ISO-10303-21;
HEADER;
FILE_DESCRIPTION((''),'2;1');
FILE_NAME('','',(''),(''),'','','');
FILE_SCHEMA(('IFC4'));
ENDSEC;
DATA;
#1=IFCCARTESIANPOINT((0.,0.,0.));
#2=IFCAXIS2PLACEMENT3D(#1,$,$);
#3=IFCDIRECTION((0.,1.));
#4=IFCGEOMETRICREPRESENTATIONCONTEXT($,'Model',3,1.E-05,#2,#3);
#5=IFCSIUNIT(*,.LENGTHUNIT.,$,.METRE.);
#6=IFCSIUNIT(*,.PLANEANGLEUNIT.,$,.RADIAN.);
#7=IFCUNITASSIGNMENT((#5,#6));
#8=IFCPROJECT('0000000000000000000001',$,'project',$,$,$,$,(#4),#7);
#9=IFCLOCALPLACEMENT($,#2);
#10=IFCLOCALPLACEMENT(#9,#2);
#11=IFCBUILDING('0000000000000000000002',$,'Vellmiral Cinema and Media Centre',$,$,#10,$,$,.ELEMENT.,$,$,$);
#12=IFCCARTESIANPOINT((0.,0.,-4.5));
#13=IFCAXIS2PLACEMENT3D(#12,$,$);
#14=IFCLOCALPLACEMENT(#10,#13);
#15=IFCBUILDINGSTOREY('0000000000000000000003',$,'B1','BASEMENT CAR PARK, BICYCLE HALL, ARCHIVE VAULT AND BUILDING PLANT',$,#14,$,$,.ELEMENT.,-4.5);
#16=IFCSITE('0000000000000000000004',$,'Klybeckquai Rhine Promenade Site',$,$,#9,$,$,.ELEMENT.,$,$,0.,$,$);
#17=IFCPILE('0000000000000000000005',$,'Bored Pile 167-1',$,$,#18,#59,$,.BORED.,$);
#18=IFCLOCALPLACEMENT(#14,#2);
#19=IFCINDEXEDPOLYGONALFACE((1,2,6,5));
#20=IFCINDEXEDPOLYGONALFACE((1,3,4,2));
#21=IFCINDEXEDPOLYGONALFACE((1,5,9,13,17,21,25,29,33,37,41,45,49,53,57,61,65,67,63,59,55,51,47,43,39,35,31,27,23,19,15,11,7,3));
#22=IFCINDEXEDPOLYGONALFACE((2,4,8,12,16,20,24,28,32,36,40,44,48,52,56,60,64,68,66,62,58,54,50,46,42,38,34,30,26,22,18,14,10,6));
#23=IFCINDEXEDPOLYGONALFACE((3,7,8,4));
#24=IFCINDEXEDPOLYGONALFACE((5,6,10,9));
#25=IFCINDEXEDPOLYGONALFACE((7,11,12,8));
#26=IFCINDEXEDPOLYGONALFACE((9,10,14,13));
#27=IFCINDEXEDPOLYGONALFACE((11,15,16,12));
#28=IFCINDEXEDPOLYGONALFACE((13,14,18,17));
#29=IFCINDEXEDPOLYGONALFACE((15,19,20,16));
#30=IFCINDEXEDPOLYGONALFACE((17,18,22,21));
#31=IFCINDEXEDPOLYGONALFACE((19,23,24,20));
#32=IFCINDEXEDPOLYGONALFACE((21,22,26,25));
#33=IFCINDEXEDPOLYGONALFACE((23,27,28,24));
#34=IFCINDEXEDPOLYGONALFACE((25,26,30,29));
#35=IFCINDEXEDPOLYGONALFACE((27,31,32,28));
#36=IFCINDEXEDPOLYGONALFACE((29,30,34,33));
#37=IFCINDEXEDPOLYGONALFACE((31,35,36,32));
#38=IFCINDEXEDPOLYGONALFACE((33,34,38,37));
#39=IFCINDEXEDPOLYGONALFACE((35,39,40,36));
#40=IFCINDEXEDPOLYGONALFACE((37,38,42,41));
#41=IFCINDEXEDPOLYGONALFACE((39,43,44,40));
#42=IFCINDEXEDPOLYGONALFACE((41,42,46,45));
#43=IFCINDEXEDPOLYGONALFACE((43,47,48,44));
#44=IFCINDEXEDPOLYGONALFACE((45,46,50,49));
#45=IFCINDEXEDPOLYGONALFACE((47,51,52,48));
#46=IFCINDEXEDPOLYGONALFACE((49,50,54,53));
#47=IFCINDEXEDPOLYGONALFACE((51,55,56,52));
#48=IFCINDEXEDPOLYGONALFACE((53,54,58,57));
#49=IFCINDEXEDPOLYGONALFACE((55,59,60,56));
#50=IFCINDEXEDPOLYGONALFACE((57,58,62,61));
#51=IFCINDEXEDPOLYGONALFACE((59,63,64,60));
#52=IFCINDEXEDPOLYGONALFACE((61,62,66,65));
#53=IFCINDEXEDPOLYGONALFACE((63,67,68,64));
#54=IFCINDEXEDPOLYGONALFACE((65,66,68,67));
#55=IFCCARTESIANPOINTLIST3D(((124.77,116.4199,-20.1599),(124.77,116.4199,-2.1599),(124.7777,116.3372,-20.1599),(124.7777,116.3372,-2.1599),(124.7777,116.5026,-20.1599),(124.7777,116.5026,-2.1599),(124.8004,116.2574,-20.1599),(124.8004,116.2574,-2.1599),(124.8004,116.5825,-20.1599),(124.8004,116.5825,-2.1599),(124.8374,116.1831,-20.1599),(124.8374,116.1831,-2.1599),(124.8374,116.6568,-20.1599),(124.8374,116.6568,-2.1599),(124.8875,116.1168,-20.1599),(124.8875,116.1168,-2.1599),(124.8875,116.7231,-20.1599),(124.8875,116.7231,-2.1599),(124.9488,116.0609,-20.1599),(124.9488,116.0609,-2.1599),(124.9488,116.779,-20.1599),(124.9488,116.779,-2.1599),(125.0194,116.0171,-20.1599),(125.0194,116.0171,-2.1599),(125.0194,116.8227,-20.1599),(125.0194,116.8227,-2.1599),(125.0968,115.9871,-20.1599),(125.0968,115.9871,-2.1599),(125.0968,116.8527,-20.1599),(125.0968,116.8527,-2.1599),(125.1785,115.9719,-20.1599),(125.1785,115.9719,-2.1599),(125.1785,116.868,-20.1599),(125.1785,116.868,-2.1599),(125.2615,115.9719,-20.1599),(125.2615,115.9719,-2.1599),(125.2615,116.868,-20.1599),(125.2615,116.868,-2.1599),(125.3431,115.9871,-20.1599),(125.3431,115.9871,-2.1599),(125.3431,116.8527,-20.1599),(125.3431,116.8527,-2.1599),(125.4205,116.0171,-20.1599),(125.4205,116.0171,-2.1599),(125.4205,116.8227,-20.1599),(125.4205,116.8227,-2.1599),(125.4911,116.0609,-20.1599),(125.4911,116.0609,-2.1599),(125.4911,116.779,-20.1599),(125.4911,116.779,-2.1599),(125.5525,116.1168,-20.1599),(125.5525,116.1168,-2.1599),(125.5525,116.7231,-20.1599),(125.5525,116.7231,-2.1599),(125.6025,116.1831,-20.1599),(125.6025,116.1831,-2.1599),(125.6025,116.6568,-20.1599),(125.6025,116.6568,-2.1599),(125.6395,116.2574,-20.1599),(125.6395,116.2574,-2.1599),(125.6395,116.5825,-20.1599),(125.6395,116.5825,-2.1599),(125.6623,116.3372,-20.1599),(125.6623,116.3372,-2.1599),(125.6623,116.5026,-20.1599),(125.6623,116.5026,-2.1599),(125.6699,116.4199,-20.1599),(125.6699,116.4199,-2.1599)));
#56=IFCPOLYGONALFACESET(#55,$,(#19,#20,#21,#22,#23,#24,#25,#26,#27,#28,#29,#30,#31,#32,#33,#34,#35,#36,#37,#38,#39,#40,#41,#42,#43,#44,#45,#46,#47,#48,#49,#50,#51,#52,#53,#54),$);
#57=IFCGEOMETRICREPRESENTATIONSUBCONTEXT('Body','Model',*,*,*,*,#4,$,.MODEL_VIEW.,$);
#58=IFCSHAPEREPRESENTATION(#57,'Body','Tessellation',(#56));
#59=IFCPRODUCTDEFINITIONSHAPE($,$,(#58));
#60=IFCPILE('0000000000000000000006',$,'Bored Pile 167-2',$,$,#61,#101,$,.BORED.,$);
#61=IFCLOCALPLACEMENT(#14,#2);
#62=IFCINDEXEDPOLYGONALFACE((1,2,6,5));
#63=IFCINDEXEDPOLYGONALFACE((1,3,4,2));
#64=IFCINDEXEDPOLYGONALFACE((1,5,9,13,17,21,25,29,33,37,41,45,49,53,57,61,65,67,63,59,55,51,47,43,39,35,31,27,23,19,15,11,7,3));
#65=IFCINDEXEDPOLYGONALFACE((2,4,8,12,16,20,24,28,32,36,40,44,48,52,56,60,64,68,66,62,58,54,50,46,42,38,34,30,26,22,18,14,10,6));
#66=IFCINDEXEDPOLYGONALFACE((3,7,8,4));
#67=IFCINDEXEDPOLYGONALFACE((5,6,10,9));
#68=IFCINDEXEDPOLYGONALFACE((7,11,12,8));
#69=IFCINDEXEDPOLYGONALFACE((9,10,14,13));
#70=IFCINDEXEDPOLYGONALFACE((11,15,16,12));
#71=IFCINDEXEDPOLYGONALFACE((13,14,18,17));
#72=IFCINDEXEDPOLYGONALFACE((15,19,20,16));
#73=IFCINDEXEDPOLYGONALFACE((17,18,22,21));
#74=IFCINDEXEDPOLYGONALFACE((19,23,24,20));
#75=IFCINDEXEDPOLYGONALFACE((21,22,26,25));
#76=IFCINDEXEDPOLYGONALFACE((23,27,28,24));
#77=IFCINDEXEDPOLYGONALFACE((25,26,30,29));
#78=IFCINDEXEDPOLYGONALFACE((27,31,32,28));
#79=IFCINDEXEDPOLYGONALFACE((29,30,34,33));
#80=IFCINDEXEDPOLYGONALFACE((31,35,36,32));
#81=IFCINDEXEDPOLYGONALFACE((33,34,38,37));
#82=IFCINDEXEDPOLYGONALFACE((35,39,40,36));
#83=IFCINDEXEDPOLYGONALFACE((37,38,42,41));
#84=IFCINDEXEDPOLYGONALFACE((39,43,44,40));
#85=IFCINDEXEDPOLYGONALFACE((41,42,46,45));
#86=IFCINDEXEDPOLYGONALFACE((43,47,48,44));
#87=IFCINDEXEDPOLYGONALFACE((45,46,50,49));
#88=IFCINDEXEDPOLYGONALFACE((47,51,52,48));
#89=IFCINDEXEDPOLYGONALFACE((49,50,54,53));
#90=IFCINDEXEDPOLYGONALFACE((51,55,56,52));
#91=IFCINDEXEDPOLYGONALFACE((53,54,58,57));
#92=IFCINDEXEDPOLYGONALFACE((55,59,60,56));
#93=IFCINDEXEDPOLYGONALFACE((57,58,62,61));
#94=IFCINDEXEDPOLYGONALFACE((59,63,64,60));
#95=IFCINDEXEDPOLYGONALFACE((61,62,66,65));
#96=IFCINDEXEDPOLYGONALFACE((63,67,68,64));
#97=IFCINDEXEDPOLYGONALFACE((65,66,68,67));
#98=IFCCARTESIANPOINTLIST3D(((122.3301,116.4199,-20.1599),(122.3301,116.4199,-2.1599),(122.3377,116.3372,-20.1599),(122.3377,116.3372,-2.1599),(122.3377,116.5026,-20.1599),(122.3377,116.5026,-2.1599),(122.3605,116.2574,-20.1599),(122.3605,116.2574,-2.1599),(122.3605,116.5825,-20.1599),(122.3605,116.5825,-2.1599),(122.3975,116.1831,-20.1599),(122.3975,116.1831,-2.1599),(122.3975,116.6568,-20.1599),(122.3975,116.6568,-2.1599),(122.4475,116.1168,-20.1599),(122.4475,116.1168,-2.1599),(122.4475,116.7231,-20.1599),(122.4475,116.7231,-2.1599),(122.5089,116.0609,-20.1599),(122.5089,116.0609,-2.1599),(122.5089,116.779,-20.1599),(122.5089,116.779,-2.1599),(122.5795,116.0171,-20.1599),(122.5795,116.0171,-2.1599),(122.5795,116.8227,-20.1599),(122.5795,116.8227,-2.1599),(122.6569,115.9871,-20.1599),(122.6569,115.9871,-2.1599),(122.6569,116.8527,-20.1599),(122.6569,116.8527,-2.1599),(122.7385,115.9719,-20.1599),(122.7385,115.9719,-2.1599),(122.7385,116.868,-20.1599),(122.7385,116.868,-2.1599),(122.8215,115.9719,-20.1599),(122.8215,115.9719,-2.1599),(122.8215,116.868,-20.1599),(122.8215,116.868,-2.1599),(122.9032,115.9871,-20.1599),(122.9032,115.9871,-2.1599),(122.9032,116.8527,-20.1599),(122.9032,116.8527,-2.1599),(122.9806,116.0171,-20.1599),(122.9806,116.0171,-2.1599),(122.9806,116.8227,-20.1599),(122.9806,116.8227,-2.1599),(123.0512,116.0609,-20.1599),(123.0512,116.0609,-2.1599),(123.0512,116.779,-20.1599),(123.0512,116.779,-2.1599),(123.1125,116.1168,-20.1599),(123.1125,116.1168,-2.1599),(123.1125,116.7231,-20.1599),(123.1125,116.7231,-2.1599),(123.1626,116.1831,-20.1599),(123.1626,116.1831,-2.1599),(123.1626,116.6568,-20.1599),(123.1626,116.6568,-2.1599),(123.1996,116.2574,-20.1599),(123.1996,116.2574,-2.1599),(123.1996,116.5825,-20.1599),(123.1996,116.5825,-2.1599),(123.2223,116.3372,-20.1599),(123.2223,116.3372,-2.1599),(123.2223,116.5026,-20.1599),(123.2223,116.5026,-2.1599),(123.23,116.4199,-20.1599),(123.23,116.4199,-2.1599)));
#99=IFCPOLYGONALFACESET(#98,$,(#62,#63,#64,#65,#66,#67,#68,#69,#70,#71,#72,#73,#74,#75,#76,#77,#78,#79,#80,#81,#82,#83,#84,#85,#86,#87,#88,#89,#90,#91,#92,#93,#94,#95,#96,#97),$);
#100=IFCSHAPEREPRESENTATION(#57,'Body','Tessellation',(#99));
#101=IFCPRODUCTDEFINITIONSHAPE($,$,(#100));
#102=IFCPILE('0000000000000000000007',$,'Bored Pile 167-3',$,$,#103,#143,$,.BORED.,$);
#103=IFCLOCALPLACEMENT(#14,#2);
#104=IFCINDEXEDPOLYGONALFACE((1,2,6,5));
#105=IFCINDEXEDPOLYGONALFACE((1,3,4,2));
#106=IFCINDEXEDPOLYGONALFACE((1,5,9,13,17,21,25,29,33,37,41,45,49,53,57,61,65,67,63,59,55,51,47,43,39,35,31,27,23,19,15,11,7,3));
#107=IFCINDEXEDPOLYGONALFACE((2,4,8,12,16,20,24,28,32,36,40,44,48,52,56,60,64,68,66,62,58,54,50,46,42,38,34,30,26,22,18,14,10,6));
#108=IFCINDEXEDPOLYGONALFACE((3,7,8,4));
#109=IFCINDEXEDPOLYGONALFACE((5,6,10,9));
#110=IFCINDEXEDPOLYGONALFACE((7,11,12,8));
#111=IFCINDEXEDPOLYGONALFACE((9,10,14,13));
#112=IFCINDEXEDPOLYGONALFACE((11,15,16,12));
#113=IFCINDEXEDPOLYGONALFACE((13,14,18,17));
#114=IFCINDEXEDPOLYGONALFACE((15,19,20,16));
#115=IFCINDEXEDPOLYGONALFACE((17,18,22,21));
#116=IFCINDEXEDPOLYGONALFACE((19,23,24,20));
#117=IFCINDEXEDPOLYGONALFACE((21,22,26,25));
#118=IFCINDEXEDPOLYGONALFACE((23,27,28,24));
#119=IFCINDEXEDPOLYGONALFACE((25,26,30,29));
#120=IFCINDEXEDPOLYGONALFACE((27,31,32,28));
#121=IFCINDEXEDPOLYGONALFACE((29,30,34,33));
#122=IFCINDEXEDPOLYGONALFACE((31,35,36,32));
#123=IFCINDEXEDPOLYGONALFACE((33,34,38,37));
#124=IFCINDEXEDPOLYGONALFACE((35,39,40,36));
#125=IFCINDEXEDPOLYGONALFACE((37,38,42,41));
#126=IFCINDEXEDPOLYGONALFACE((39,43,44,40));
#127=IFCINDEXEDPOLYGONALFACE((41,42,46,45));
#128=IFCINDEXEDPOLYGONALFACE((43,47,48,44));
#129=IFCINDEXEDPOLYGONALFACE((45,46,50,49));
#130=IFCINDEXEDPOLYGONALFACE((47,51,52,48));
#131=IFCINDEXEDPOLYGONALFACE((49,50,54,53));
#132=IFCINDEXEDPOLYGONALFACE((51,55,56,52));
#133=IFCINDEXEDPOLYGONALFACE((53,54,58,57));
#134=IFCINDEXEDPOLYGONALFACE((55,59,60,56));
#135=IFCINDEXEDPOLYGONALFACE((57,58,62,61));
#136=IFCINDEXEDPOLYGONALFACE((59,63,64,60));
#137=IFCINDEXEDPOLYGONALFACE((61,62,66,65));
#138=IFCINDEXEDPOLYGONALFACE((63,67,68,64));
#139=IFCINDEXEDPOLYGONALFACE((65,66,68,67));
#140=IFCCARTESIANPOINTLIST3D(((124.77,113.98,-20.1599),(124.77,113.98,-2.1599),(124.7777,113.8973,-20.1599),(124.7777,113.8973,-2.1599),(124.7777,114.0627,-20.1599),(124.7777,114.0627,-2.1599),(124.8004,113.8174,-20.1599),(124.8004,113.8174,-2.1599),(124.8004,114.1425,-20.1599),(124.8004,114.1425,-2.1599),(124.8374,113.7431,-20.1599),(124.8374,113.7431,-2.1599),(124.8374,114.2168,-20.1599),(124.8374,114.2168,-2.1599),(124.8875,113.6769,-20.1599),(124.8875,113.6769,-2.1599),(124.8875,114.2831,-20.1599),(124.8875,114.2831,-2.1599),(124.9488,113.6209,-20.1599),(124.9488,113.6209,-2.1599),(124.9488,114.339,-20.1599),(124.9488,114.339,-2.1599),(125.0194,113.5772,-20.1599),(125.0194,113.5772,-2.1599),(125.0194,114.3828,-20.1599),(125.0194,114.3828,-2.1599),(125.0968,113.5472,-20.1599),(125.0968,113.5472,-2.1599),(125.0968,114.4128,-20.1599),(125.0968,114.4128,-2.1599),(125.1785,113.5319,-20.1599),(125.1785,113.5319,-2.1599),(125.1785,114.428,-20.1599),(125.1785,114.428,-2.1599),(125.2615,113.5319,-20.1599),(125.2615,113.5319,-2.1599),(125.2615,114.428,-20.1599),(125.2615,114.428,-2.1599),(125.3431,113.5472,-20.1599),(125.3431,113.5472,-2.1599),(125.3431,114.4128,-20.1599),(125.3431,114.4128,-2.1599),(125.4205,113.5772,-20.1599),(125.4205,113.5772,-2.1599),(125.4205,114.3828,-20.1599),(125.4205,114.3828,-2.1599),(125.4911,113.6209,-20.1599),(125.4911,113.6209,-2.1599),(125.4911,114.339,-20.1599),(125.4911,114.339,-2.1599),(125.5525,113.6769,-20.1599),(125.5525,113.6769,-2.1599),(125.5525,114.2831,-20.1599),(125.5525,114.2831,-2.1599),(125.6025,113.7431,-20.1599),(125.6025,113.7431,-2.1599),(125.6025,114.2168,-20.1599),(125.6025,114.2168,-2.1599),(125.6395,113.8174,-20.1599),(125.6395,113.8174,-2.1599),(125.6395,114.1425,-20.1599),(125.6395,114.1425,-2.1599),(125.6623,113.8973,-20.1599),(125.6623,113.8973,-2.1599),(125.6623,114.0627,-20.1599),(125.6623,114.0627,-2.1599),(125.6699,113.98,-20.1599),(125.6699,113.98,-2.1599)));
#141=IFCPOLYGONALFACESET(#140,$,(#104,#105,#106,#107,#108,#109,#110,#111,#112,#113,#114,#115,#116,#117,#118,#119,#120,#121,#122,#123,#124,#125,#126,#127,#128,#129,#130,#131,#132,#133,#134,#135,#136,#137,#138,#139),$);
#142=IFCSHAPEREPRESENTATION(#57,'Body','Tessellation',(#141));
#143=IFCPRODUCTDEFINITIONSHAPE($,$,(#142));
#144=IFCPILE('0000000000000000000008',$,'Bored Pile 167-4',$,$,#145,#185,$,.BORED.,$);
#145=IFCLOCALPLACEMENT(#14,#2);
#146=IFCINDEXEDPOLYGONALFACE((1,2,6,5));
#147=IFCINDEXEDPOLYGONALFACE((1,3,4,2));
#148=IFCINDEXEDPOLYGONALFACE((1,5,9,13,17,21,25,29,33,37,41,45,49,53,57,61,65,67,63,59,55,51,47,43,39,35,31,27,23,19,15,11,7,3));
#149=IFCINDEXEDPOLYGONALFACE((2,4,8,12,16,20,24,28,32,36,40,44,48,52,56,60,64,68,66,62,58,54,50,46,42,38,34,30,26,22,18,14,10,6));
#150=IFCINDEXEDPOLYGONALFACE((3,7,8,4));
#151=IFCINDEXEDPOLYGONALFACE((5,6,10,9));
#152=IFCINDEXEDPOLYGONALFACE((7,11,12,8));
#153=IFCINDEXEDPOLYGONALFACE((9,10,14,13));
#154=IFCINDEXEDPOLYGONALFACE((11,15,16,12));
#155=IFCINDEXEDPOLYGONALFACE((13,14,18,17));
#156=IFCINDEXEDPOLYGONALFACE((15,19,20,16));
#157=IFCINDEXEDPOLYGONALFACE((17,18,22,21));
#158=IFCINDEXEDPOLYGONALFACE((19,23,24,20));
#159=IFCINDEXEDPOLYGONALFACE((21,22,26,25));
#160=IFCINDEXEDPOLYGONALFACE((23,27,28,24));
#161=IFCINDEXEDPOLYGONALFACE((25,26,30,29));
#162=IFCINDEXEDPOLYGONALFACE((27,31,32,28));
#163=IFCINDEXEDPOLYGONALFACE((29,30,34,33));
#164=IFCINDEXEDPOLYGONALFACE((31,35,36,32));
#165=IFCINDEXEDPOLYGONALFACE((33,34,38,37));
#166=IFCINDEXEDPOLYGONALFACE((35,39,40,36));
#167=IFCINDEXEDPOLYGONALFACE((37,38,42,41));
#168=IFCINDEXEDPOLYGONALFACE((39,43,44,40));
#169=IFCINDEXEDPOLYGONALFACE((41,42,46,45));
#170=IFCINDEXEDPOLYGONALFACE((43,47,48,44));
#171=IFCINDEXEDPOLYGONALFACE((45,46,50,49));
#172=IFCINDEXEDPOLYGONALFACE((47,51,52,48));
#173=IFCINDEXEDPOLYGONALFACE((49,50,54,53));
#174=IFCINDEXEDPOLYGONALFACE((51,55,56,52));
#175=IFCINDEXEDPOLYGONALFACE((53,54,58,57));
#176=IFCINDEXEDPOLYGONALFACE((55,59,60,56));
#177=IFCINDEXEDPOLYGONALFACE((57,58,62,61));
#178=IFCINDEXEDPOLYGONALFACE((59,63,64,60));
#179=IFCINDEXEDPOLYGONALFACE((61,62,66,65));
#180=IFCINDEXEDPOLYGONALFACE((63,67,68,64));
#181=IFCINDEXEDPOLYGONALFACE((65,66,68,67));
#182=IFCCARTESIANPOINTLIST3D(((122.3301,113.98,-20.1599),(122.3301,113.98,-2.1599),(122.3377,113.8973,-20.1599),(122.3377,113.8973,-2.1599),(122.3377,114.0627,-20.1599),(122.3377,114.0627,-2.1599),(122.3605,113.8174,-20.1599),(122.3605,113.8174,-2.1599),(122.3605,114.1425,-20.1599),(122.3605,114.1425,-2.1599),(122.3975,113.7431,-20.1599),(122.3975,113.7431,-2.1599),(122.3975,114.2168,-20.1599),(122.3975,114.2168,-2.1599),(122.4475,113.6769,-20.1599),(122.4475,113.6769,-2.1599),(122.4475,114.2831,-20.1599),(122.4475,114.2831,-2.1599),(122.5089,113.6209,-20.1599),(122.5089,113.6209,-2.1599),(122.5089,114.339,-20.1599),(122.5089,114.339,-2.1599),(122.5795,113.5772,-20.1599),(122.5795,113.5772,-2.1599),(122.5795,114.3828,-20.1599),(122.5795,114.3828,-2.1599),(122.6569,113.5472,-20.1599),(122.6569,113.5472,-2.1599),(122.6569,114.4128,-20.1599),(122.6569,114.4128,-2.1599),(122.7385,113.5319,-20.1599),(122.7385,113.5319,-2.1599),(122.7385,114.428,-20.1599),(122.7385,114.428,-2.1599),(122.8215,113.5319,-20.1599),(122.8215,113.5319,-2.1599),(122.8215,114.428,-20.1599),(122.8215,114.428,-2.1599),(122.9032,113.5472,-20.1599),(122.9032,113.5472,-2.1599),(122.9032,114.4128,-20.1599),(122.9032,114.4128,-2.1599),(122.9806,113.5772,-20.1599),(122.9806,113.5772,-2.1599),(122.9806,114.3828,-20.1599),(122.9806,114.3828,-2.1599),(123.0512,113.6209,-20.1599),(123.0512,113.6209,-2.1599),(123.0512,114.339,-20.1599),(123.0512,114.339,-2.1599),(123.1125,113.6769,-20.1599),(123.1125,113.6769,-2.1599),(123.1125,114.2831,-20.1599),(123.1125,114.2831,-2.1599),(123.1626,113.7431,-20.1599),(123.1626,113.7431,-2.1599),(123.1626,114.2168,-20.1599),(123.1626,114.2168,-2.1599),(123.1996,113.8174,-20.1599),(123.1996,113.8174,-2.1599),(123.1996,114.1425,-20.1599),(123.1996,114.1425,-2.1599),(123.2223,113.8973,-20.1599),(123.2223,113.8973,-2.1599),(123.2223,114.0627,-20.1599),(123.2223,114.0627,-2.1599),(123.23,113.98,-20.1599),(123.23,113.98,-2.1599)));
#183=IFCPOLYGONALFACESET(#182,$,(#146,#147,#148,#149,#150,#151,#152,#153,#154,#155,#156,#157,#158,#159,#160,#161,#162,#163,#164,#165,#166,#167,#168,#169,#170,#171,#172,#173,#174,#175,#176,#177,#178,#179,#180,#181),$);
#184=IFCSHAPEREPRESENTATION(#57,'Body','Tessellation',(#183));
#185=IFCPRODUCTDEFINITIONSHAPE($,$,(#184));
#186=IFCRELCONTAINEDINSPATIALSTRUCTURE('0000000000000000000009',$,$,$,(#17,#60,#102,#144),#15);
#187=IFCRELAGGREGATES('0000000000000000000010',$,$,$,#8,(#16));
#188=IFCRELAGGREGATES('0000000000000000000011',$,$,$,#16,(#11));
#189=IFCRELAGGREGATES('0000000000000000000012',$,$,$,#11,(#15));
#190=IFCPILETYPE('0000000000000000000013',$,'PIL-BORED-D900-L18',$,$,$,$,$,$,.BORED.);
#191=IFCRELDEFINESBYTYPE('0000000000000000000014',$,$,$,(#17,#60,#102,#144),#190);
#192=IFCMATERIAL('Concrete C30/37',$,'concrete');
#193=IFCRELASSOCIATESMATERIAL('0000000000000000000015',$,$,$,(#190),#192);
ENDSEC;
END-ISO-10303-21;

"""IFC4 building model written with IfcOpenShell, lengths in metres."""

from ifc_helpers import new_model, si_unit, direction, frame, origin, origin_2d, place, context, subcontext, project, spatial, circle, extrude, material, material_profile, profile_set, type_object, element, save


model = new_model("IFC4")

# Units and contexts
model_context = context("Model", 3, precision=1e-05, world=origin(), true_north=direction((0.0, 1.0)))
body_context = subcontext(model_context, "Body", "Model", "MODEL_VIEW")
ifc_project = project(units=[si_unit("LENGTHUNIT", "METRE"), si_unit("PLANEANGLEUNIT", "RADIAN")], contexts=[model_context])

# Site, building, storey
site_placement = place(None, origin())
site = spatial("IfcSite", under=ifc_project, at=site_placement, Name="Klybeckquai Rhine Promenade Site", CompositionType="ELEMENT", RefElevation=0.0)
building_placement = place(site_placement, origin())
building = spatial("IfcBuilding", under=site, at=building_placement, Name="Vellmiral Cinema and Media Centre", CompositionType="ELEMENT")
storey_placement = place(building_placement, frame((0.0, 0.0, -4.5)))
storey = spatial("IfcBuildingStorey", under=building, at=storey_placement, Name="B1", Description="BASEMENT CAR PARK, BICYCLE HALL, ARCHIVE VAULT AND BUILDING PLANT", CompositionType="ELEMENT", Elevation=-4.5)

# Piles
ifc_material_1 = material(Name="Concrete C30/37", Category="concrete")
ifc_material_profile_1 = material_profile(ifc_material_1, circle(Radius=0.45, at=origin_2d()), Name="PILE D900")
ifc_profile_set_1 = profile_set([ifc_material_profile_1], Name="Concrete C30/37")
pile_type_1 = type_object("IfcPileType", Name="PIL-BORED-D900-L18", PredefinedType="BORED", material=ifc_profile_set_1)
for number, where, z_axis, x_axis, name in (
    (1, (125.22, 116.4199, -2.1599), (0.0, 0.0, -1.0), (1.0, 0.0, 0.0), "Bored Pile 167-1"),
    (2, (122.78, 116.4199, -2.1599), (0.0, 0.0, -1.0), (1.0, 0.0, 0.0), "Bored Pile 167-2"),
    (3, (125.22, 113.98, -2.1599), (0.0, 0.0, -1.0), (1.0, 0.0, 0.0), "Bored Pile 167-3"),
    (4, (122.78, 113.98, -2.1599), (0.0, 0.0, -1.0), (1.0, 0.0, 0.0), "Bored Pile 167-4"),
):
    element("IfcPile", number, at=place(storey_placement, frame(where, z_axis=z_axis, x_axis=x_axis)), inside=storey, type_object=pile_type_1, Name=name, PredefinedType="BORED", context=body_context, shape_type="SweptSolid", body=[
        extrude(circle(Radius=0.45, at=origin_2d()), origin(), (0.0, 0.0, 1.0), 18.0),
    ])

save(model, "model.ifc")
